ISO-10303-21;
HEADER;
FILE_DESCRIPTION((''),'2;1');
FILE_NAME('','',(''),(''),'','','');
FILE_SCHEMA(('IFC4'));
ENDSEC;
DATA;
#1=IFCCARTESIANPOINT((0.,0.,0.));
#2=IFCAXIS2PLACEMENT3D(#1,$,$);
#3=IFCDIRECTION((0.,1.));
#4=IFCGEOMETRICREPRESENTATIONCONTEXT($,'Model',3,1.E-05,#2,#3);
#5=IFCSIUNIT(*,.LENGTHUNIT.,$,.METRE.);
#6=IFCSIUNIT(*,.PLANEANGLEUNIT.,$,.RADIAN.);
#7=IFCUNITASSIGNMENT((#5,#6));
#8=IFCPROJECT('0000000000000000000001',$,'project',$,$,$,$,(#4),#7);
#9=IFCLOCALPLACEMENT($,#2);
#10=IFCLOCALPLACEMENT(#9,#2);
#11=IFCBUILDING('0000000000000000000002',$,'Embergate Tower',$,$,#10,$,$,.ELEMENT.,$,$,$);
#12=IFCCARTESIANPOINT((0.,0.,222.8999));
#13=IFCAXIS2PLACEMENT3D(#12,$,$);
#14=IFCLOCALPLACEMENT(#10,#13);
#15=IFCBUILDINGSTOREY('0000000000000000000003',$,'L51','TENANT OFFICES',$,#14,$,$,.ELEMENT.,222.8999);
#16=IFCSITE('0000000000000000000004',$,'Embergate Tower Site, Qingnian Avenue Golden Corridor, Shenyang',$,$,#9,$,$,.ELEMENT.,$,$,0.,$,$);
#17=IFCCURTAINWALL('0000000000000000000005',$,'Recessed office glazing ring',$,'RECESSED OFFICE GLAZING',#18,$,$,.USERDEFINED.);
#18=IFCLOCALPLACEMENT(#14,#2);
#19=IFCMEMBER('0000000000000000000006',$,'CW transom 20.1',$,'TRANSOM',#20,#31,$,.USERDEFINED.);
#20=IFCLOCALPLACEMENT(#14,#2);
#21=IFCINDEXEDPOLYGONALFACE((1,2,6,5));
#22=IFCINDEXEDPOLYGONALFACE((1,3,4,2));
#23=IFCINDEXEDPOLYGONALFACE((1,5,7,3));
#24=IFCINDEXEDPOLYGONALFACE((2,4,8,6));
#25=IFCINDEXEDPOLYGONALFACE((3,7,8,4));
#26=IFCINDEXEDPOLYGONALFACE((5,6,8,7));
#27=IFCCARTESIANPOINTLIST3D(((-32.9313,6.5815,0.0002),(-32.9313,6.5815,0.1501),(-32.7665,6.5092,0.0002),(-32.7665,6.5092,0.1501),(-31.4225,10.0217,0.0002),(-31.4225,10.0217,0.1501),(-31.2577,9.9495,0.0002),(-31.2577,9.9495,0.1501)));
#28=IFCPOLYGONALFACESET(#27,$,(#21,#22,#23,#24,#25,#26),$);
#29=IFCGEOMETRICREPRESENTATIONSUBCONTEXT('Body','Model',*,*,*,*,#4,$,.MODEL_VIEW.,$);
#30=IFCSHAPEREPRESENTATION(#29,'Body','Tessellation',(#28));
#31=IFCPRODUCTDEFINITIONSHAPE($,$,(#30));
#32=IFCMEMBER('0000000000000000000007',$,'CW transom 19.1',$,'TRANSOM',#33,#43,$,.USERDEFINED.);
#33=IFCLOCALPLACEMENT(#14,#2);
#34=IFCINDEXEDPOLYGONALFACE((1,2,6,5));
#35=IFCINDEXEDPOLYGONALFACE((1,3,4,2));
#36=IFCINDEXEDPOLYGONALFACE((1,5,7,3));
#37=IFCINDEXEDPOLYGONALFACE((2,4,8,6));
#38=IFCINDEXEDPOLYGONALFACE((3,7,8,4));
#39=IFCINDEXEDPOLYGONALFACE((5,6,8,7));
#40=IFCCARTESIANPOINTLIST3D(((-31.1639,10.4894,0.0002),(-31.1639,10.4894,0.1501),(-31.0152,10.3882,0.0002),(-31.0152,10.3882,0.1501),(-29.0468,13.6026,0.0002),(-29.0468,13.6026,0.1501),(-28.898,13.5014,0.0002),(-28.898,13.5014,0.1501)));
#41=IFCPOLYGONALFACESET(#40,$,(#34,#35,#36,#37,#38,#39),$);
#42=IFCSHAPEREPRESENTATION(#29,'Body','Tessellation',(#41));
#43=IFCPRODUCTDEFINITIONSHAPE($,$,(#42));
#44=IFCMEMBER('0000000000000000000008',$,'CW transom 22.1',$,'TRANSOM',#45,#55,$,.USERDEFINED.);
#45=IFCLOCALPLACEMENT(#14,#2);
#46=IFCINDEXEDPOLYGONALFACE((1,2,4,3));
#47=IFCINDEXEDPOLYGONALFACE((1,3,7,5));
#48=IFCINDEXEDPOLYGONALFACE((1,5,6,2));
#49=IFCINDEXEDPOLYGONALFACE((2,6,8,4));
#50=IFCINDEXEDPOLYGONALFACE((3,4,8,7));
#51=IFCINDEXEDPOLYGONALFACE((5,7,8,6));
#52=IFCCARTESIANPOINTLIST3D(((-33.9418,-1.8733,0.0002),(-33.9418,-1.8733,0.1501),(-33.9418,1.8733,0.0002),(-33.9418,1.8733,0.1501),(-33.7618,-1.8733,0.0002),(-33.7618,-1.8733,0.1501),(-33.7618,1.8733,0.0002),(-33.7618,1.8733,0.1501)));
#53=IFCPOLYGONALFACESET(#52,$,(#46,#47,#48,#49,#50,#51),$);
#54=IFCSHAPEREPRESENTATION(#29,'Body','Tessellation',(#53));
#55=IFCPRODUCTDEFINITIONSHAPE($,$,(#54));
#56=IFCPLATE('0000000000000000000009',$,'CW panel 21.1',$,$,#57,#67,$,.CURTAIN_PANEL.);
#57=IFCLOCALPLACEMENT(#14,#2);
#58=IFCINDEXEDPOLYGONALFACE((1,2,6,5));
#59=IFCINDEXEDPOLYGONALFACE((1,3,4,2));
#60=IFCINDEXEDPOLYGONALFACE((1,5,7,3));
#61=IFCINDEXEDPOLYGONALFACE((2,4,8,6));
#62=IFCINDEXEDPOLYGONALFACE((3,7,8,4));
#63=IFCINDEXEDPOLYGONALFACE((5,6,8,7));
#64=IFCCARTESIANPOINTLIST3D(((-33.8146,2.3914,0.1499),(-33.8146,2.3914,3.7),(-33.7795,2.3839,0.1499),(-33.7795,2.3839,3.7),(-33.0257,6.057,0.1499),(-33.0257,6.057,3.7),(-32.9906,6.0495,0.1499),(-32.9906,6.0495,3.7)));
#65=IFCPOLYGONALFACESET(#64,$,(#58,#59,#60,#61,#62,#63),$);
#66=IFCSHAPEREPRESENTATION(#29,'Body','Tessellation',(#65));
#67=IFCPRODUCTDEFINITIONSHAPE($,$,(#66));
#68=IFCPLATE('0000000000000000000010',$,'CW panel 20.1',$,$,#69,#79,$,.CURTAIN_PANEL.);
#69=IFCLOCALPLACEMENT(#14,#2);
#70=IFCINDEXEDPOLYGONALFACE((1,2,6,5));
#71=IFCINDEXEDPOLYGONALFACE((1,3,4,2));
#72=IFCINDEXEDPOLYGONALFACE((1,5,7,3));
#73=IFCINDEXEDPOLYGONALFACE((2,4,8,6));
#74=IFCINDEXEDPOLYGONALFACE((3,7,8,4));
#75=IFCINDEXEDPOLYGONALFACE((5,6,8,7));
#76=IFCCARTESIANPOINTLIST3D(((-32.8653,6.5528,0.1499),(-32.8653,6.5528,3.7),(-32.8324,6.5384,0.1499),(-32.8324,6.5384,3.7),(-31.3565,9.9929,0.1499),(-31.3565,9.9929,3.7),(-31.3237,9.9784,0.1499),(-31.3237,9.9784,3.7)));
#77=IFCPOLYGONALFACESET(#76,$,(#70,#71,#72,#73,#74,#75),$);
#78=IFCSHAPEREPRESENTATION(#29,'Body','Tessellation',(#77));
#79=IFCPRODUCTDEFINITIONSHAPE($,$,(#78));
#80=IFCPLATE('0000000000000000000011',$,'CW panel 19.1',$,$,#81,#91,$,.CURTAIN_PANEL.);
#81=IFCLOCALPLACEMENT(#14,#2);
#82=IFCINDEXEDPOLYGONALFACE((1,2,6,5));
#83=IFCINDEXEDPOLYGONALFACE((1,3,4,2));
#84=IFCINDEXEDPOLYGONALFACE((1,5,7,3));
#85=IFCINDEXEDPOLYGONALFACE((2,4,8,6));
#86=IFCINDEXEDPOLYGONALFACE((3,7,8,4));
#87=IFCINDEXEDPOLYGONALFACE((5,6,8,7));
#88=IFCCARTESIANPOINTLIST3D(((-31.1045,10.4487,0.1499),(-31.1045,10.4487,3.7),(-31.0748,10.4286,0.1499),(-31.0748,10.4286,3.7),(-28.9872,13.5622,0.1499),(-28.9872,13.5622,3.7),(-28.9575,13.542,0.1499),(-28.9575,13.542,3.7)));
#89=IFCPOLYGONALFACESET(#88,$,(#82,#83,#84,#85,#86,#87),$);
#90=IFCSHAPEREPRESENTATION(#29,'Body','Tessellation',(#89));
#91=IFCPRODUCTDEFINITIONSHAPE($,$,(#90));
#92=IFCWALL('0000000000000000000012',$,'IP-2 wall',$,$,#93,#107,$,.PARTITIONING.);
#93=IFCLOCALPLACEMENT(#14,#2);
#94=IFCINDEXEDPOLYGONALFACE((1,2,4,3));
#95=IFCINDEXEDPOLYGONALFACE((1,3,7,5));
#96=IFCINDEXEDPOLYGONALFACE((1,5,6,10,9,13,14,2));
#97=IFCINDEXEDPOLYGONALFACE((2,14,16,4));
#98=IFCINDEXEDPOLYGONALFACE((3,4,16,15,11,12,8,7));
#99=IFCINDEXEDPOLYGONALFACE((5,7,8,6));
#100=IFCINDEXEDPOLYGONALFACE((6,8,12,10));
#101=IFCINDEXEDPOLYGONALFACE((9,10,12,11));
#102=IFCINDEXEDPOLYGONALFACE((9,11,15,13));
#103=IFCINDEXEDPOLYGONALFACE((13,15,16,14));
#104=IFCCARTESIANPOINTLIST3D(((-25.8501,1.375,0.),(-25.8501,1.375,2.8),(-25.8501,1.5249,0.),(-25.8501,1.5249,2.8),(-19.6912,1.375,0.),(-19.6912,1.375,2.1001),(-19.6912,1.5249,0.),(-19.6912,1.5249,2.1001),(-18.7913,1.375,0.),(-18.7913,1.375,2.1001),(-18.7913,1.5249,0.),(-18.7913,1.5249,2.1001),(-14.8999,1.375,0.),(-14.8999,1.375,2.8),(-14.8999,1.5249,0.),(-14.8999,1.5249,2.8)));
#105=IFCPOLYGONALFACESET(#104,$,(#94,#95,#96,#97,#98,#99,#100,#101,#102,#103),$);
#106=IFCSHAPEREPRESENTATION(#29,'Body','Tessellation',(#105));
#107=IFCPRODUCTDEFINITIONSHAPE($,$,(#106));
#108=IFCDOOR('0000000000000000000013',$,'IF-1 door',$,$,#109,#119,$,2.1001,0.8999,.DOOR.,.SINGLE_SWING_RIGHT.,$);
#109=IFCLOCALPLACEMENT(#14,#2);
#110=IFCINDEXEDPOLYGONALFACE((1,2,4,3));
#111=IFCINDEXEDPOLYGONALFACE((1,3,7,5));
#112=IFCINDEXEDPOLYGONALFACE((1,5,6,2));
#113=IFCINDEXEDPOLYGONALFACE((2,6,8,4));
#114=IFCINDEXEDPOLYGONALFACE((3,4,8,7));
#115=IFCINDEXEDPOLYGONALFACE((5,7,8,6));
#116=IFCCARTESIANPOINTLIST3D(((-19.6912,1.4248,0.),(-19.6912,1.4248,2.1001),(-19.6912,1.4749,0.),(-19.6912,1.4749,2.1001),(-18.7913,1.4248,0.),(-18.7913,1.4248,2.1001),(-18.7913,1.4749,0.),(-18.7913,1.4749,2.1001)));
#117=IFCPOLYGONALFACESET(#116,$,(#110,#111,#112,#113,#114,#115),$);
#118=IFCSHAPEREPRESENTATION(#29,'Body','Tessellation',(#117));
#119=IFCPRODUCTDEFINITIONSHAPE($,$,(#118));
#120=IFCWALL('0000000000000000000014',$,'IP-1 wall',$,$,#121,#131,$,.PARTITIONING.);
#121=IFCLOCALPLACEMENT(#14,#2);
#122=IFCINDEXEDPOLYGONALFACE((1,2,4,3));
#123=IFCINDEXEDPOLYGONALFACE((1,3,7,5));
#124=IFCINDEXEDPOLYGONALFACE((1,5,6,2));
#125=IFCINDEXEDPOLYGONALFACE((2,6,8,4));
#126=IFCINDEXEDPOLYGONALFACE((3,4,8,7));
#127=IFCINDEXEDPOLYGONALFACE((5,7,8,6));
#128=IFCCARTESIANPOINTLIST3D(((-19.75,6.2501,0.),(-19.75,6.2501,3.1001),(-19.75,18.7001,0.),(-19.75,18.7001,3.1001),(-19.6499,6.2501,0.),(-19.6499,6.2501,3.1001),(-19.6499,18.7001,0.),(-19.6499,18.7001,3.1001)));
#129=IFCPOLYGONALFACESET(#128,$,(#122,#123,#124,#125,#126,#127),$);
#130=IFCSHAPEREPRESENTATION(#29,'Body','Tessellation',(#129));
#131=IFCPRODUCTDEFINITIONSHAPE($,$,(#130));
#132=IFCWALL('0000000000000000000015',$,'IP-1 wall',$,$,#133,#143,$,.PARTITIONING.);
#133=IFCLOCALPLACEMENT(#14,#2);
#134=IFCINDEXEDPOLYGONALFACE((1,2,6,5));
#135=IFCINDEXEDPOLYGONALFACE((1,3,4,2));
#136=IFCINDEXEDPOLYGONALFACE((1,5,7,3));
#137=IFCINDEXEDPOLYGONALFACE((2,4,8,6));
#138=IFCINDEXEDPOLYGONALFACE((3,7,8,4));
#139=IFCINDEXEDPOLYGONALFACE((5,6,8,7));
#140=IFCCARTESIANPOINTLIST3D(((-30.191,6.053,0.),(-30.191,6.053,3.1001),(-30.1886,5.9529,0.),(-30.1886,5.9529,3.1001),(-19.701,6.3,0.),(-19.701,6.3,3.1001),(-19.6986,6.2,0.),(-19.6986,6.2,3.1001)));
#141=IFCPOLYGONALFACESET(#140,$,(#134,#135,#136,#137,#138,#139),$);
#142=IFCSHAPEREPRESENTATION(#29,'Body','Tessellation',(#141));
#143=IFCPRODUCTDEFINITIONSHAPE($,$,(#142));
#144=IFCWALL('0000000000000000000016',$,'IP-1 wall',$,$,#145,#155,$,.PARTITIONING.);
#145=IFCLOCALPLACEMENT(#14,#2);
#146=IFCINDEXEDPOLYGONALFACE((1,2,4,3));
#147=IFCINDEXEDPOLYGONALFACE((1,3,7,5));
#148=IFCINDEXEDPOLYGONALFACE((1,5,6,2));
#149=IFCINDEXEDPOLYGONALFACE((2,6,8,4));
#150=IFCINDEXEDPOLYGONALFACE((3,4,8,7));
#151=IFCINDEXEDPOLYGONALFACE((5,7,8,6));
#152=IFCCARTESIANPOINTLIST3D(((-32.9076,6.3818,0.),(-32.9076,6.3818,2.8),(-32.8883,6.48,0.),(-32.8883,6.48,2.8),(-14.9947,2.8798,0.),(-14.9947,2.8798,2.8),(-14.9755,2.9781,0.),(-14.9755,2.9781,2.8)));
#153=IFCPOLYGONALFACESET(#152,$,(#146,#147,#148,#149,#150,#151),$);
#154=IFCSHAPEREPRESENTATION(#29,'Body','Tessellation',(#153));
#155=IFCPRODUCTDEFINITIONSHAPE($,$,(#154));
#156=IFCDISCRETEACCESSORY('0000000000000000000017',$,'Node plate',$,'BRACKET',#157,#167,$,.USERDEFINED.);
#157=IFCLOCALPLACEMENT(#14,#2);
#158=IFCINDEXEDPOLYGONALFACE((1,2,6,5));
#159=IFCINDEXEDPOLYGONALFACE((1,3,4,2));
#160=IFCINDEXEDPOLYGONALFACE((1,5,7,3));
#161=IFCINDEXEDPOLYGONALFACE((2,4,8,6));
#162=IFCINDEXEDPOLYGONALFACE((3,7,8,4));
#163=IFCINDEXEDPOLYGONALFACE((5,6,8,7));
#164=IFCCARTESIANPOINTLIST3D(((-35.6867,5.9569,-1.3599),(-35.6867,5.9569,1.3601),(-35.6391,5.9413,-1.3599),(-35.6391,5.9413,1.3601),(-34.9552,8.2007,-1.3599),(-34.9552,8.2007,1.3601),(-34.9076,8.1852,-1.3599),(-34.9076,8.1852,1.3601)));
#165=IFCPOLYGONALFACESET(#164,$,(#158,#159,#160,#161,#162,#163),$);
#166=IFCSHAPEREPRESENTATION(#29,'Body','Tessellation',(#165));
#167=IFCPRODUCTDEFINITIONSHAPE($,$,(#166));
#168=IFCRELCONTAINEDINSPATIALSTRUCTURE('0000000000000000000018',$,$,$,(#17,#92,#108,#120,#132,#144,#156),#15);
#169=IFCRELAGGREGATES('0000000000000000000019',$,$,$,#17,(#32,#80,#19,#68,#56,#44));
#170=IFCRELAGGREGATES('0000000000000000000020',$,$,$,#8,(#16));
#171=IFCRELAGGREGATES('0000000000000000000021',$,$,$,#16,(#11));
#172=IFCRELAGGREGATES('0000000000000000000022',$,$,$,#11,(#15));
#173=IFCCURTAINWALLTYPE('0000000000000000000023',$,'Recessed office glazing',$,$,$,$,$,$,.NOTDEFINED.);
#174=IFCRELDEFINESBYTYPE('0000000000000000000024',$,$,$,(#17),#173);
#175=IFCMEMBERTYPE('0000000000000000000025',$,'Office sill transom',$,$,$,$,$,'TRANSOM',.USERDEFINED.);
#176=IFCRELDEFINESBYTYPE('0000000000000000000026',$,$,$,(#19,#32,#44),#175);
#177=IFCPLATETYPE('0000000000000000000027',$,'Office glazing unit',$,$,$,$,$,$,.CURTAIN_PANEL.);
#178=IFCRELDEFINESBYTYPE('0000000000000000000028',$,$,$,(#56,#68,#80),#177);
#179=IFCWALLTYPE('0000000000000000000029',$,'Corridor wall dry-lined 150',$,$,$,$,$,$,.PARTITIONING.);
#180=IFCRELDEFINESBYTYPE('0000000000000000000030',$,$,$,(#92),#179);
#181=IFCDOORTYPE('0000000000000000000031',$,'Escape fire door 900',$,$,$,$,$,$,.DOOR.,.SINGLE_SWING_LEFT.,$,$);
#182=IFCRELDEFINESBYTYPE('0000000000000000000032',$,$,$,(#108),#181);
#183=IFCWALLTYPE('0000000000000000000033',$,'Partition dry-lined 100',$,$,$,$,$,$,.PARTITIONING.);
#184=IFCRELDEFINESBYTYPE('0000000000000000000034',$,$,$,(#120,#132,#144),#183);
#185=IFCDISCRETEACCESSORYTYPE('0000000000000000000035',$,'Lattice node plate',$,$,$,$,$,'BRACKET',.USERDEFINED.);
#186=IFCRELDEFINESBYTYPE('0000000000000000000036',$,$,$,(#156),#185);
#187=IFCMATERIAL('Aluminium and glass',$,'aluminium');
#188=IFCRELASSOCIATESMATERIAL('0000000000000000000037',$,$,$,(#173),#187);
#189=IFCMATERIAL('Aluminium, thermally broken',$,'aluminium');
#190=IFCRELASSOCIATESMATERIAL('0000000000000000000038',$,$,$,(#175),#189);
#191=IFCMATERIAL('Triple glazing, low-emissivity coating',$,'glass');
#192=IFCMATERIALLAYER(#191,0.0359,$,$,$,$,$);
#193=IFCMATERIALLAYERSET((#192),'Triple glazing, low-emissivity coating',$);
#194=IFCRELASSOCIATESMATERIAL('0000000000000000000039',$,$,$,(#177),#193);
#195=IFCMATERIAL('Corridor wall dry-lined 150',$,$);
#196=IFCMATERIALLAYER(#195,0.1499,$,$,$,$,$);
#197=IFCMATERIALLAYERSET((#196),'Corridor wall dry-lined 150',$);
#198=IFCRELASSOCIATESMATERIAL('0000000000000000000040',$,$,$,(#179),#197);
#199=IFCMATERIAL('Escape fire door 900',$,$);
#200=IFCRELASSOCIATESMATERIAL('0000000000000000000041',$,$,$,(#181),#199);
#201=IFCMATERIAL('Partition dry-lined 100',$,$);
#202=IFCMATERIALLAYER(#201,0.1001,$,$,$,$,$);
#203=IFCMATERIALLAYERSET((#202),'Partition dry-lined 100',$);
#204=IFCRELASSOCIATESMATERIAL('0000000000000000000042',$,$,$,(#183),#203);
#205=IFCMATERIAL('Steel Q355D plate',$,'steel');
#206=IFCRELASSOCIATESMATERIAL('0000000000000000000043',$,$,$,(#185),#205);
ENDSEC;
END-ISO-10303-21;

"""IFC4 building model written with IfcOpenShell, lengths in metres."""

from ifc_helpers import new_model, si_unit, direction, frame, frame_2d, origin, origin_2d, place, context, subcontext, project, spatial, rectangle, extrude, source, transform, mapped, material, layer, layer_set, material_profile, profile_set, type_object, element, fill, aggregate, save


model = new_model("IFC4")

# Units and contexts
model_context = context("Model", 3, precision=1e-05, world=origin(), true_north=direction((0.0, 1.0)))
body_context = subcontext(model_context, "Body", "Model", "MODEL_VIEW")
ifc_project = project(units=[si_unit("LENGTHUNIT", "METRE"), si_unit("PLANEANGLEUNIT", "RADIAN")], contexts=[model_context])

# Site, building, storey
site_placement = place(None, origin())
site = spatial("IfcSite", under=ifc_project, at=site_placement, Name="Embergate Tower Site, Qingnian Avenue Golden Corridor, Shenyang", CompositionType="ELEMENT", RefElevation=0.0)
building_placement = place(site_placement, origin())
building = spatial("IfcBuilding", under=site, at=building_placement, Name="Embergate Tower", CompositionType="ELEMENT")
storey_placement = place(building_placement, frame((0.0, 0.0, 222.8999)))
storey = spatial("IfcBuildingStorey", under=building, at=storey_placement, Name="L51", Description="TENANT OFFICES", CompositionType="ELEMENT", Elevation=222.8999)

# Curtain wall, members, plates
ifc_material_1 = material(Name="Aluminium and glass", Category="aluminium")
curtain_wall_type = type_object("IfcCurtainWallType", Name="Recessed office glazing", PredefinedType="NOTDEFINED", material=ifc_material_1)
curtain_wall_placement = place(storey_placement, origin())
curtain_wall = element("IfcCurtainWall", 1, at=curtain_wall_placement, inside=storey, type_object=curtain_wall_type, Name="Recessed office glazing ring", ObjectType="RECESSED OFFICE GLAZING", PredefinedType="USERDEFINED")
ifc_material_2 = material(Name="Aluminium, thermally broken", Category="aluminium")
ifc_material_profile_1 = material_profile(ifc_material_2, rectangle(XDim=0.1799, YDim=0.1499, at=origin_2d()), Name="AL 150x180")
ifc_profile_set_1 = profile_set([ifc_material_profile_1], Name="Aluminium, thermally broken")
member_type_1 = type_object("IfcMemberType", Name="Office sill transom", ElementType="TRANSOM", PredefinedType="USERDEFINED", material=ifc_profile_set_1)
shared_shape_1 = source(origin(), body_context, "Body", "SweptSolid", [
    extrude(rectangle(XDim=0.1799, YDim=0.1499, at=origin_2d()), origin(), (0.0, 0.0, 1.0), 3.7566),
])
member_1_placement = place(storey_placement, frame((-31.3401, 9.9856, 0.0752), z_axis=(-0.401647, -0.915794, 0.0), x_axis=(0.915794, -0.401647, 0.0)))
member_1 = element("IfcMember", 2, at=member_1_placement, type_object=member_type_1, Name="CW transom 20.1", ObjectType="TRANSOM", PredefinedType="USERDEFINED", context=body_context, shape_type="MappedRepresentation", body=[
    mapped(shared_shape_1, transform((0.0, 0.0, 0.0))),
])
shared_shape_2 = source(origin(), body_context, "Body", "SweptSolid", [
    extrude(rectangle(XDim=0.1799, YDim=0.1499, at=origin_2d()), origin(), (0.0, 0.0, 1.0), 3.7649),
])
member_2_placement = place(storey_placement, frame((-28.9724, 13.552, 0.0752), z_axis=(-0.562338, -0.826907, 0.0), x_axis=(0.826907, -0.562338, 0.0)))
member_2 = element("IfcMember", 3, at=member_2_placement, type_object=member_type_1, Name="CW transom 19.1", ObjectType="TRANSOM", PredefinedType="USERDEFINED", context=body_context, shape_type="MappedRepresentation", body=[
    mapped(shared_shape_2, transform((0.0, 0.0, 0.0))),
])
shared_shape_3 = source(origin(), body_context, "Body", "SweptSolid", [
    extrude(rectangle(XDim=0.1799, YDim=0.1499, at=origin_2d()), origin(), (0.0, 0.0, 1.0), 3.7466),
])
member_3_placement = place(storey_placement, frame((-33.8518, 1.8733, 0.0752), z_axis=(0.0, -1.0, 0.0), x_axis=(1.0, 0.0, 0.0)))
member_3 = element("IfcMember", 4, at=member_3_placement, type_object=member_type_1, Name="CW transom 22.1", ObjectType="TRANSOM", PredefinedType="USERDEFINED", context=body_context, shape_type="MappedRepresentation", body=[
    mapped(shared_shape_3, transform((0.0, 0.0, 0.0))),
])
ifc_material_3 = material(Name="Triple glazing, low-emissivity coating", Category="glass")
ifc_layer_1 = layer(ifc_material_3, 0.0359)
ifc_layer_set_1 = layer_set([ifc_layer_1], Name="Triple glazing, low-emissivity coating")
plate_type = type_object("IfcPlateType", Name="Office glazing unit", PredefinedType="CURTAIN_PANEL", material=ifc_layer_set_1)
shared_shape_4 = source(origin(), body_context, "Body", "SweptSolid", [
    extrude(rectangle(XDim=3.7495, YDim=0.0359, at=origin_2d()), origin(), (0.0, 0.0, 1.0), 3.55),
])
plate_1_placement = place(storey_placement, frame((-33.4026, 4.2205, 0.1499), z_axis=(0.0, 0.0, 1.0), x_axis=(-0.210397, -0.977616, 0.0)))
plate_1 = element("IfcPlate", 5, at=plate_1_placement, type_object=plate_type, Name="CW panel 21.1", PredefinedType="CURTAIN_PANEL", context=body_context, shape_type="MappedRepresentation", body=[
    mapped(shared_shape_4, transform((0.0, 0.0, 0.0))),
])
shared_shape_5 = source(origin(), body_context, "Body", "SweptSolid", [
    extrude(rectangle(XDim=3.7563, YDim=0.0359, at=origin_2d()), origin(), (0.0, 0.0, 1.0), 3.55),
])
plate_2_placement = place(storey_placement, frame((-32.0945, 8.2656, 0.1499), z_axis=(0.0, 0.0, 1.0), x_axis=(-0.401649, -0.915794, 0.0)))
plate_2 = element("IfcPlate", 6, at=plate_2_placement, type_object=plate_type, Name="CW panel 20.1", PredefinedType="CURTAIN_PANEL", context=body_context, shape_type="MappedRepresentation", body=[
    mapped(shared_shape_5, transform((0.0, 0.0, 0.0))),
])
shared_shape_6 = source(origin(), body_context, "Body", "SweptSolid", [
    extrude(rectangle(XDim=3.7651, YDim=0.0359, at=origin_2d()), origin(), (0.0, 0.0, 1.0), 3.55),
])
plate_3_placement = place(storey_placement, frame((-30.031, 11.9954, 0.1499), z_axis=(0.0, 0.0, 1.0), x_axis=(-0.562339, -0.826907, 0.0)))
plate_3 = element("IfcPlate", 7, at=plate_3_placement, type_object=plate_type, Name="CW panel 19.1", PredefinedType="CURTAIN_PANEL", context=body_context, shape_type="MappedRepresentation", body=[
    mapped(shared_shape_6, transform((0.0, 0.0, 0.0))),
])
aggregate(curtain_wall, [member_2, plate_3, member_1, plate_2, plate_1, member_3])

# Wall, opening, door
ifc_material_4 = material(Name="Corridor wall dry-lined 150")
ifc_layer_2 = layer(ifc_material_4, 0.1499)
ifc_layer_set_2 = layer_set([ifc_layer_2], Name="Corridor wall dry-lined 150")
wall_type_1 = type_object("IfcWallType", Name="Corridor wall dry-lined 150", PredefinedType="PARTITIONING", material=ifc_layer_set_2)
shared_shape_7 = source(origin(), body_context, "Body", "SweptSolid", [
    extrude(rectangle(XDim=10.9502, YDim=0.1499, at=frame_2d((5.4751, 0.0))), origin(), (0.0, 0.0, 1.0), 2.8),
])
wall_1_placement = place(storey_placement, frame((-25.8501, 1.45, 0.0), z_axis=(0.0, 0.0, 1.0), x_axis=(1.0, 0.0, 0.0)))
wall_1 = element("IfcWall", 8, at=wall_1_placement, inside=storey, type_object=wall_type_1, Name="IP-2 wall", PredefinedType="PARTITIONING", context=body_context, shape_type="MappedRepresentation", body=[
    mapped(shared_shape_7, transform((0.0, 0.0, 0.0))),
])
shared_shape_8 = source(origin(), body_context, "Body", "SweptSolid", [
    extrude(rectangle(XDim=0.8999, YDim=2.1001, at=frame_2d((0.45, 1.05))), frame((0.0, 0.085, 0.0), z_axis=(0.0, -1.0, 0.0), x_axis=(1.0, 0.0, 0.0)), (0.0, 0.0, 1.0), 0.1699),
])
opening_placement = place(wall_1_placement, frame((6.1589, 0.0, 0.0)))
opening = element("IfcOpeningElement", 9, at=opening_placement, cuts=wall_1, PredefinedType="OPENING", context=body_context, shape_type="MappedRepresentation", body=[
    mapped(shared_shape_8, transform((0.0, 0.0, 0.0))),
])
ifc_material_5 = material(Name="Escape fire door 900")
door_type = type_object("IfcDoorType", Name="Escape fire door 900", OperationType="SINGLE_SWING_LEFT", PredefinedType="DOOR", material=ifc_material_5)
shared_shape_9 = source(origin(), body_context, "Body", "SweptSolid", [
    extrude(rectangle(XDim=0.8999, YDim=2.1001, at=frame_2d((0.45, 1.05))), frame((0.0, 0.0249, 0.0), z_axis=(0.0, -1.0, 0.0), x_axis=(1.0, 0.0, 0.0)), (0.0, 0.0, 1.0), 0.05),
])
door_placement = place(opening_placement, origin())
door = element("IfcDoor", 10, at=door_placement, inside=storey, type_object=door_type, Name="IF-1 door", OperationType="SINGLE_SWING_RIGHT", OverallHeight=2.1001, OverallWidth=0.8999, PredefinedType="DOOR", context=body_context, shape_type="MappedRepresentation", body=[
    mapped(shared_shape_9, transform((0.0, 0.0, 0.0))),
])
fill(opening, door)

# Walls
ifc_material_6 = material(Name="Partition dry-lined 100")
ifc_layer_3 = layer(ifc_material_6, 0.1001)
ifc_layer_set_3 = layer_set([ifc_layer_3], Name="Partition dry-lined 100")
wall_type_2 = type_object("IfcWallType", Name="Partition dry-lined 100", PredefinedType="PARTITIONING", material=ifc_layer_set_3)
shared_shape_10 = source(origin(), body_context, "Body", "SweptSolid", [
    extrude(rectangle(XDim=12.45, YDim=0.1001, at=frame_2d((6.2251, 0.0))), origin(), (0.0, 0.0, 1.0), 3.1001),
])
wall_2_placement = place(storey_placement, frame((-19.7, 6.25, 0.0), z_axis=(0.0, 0.0, 1.0), x_axis=(0.0, 1.0, 0.0)))
element("IfcWall", 11, at=wall_2_placement, inside=storey, type_object=wall_type_2, Name="IP-1 wall", PredefinedType="PARTITIONING", context=body_context, shape_type="MappedRepresentation", body=[
    mapped(shared_shape_10, transform((0.0, 0.0, 0.0))),
])
shared_shape_11 = source(origin(), body_context, "Body", "SweptSolid", [
    extrude(rectangle(XDim=10.4929, YDim=0.1001, at=frame_2d((5.2466, 0.0))), origin(), (0.0, 0.0, 1.0), 3.1001),
])
wall_3_placement = place(storey_placement, frame((-30.1899, 6.0029, 0.0), z_axis=(0.0, 0.0, 1.0), x_axis=(0.999723, 0.023546, 0.0)))
element("IfcWall", 12, at=wall_3_placement, inside=storey, type_object=wall_type_2, Name="IP-1 wall", PredefinedType="PARTITIONING", context=body_context, shape_type="MappedRepresentation", body=[
    mapped(shared_shape_11, transform((0.0, 0.0, 0.0))),
])
shared_shape_12 = source(origin(), body_context, "Body", "SweptSolid", [
    extrude(rectangle(XDim=18.252, YDim=0.1001, at=frame_2d((9.126, 0.0))), origin(), (0.0, 0.0, 1.0), 2.8),
])
wall_4_placement = place(storey_placement, frame((-32.8979, 6.4309, 0.0), z_axis=(0.0, 0.0, 1.0), x_axis=(0.981421, -0.191867, 0.0)))
element("IfcWall", 13, at=wall_4_placement, inside=storey, type_object=wall_type_2, Name="IP-1 wall", PredefinedType="PARTITIONING", context=body_context, shape_type="MappedRepresentation", body=[
    mapped(shared_shape_12, transform((0.0, 0.0, 0.0))),
])

# Discrete accessory
ifc_material_7 = material(Name="Steel Q355D plate", Category="steel")
discrete_accessory_type = type_object("IfcDiscreteAccessoryType", Name="Lattice node plate", ElementType="BRACKET", PredefinedType="USERDEFINED", material=ifc_material_7)
shared_shape_13 = source(origin(), body_context, "Body", "SweptSolid", [
    extrude(rectangle(XDim=2.3601, YDim=0.05, at=origin_2d()), origin(), (0.0, 0.0, 1.0), 2.72),
])
discrete_accessory_placement = place(storey_placement, frame((-35.2971, 7.071, -1.3599), z_axis=(0.0, 0.0, 1.0), x_axis=(-0.309946, -0.950754, 0.0)))
element("IfcDiscreteAccessory", 14, at=discrete_accessory_placement, inside=storey, type_object=discrete_accessory_type, Name="Node plate", ObjectType="BRACKET", PredefinedType="USERDEFINED", context=body_context, shape_type="MappedRepresentation", body=[
    mapped(shared_shape_13, transform((0.0, 0.0, 0.0))),
])

save(model, "model.ifc")
